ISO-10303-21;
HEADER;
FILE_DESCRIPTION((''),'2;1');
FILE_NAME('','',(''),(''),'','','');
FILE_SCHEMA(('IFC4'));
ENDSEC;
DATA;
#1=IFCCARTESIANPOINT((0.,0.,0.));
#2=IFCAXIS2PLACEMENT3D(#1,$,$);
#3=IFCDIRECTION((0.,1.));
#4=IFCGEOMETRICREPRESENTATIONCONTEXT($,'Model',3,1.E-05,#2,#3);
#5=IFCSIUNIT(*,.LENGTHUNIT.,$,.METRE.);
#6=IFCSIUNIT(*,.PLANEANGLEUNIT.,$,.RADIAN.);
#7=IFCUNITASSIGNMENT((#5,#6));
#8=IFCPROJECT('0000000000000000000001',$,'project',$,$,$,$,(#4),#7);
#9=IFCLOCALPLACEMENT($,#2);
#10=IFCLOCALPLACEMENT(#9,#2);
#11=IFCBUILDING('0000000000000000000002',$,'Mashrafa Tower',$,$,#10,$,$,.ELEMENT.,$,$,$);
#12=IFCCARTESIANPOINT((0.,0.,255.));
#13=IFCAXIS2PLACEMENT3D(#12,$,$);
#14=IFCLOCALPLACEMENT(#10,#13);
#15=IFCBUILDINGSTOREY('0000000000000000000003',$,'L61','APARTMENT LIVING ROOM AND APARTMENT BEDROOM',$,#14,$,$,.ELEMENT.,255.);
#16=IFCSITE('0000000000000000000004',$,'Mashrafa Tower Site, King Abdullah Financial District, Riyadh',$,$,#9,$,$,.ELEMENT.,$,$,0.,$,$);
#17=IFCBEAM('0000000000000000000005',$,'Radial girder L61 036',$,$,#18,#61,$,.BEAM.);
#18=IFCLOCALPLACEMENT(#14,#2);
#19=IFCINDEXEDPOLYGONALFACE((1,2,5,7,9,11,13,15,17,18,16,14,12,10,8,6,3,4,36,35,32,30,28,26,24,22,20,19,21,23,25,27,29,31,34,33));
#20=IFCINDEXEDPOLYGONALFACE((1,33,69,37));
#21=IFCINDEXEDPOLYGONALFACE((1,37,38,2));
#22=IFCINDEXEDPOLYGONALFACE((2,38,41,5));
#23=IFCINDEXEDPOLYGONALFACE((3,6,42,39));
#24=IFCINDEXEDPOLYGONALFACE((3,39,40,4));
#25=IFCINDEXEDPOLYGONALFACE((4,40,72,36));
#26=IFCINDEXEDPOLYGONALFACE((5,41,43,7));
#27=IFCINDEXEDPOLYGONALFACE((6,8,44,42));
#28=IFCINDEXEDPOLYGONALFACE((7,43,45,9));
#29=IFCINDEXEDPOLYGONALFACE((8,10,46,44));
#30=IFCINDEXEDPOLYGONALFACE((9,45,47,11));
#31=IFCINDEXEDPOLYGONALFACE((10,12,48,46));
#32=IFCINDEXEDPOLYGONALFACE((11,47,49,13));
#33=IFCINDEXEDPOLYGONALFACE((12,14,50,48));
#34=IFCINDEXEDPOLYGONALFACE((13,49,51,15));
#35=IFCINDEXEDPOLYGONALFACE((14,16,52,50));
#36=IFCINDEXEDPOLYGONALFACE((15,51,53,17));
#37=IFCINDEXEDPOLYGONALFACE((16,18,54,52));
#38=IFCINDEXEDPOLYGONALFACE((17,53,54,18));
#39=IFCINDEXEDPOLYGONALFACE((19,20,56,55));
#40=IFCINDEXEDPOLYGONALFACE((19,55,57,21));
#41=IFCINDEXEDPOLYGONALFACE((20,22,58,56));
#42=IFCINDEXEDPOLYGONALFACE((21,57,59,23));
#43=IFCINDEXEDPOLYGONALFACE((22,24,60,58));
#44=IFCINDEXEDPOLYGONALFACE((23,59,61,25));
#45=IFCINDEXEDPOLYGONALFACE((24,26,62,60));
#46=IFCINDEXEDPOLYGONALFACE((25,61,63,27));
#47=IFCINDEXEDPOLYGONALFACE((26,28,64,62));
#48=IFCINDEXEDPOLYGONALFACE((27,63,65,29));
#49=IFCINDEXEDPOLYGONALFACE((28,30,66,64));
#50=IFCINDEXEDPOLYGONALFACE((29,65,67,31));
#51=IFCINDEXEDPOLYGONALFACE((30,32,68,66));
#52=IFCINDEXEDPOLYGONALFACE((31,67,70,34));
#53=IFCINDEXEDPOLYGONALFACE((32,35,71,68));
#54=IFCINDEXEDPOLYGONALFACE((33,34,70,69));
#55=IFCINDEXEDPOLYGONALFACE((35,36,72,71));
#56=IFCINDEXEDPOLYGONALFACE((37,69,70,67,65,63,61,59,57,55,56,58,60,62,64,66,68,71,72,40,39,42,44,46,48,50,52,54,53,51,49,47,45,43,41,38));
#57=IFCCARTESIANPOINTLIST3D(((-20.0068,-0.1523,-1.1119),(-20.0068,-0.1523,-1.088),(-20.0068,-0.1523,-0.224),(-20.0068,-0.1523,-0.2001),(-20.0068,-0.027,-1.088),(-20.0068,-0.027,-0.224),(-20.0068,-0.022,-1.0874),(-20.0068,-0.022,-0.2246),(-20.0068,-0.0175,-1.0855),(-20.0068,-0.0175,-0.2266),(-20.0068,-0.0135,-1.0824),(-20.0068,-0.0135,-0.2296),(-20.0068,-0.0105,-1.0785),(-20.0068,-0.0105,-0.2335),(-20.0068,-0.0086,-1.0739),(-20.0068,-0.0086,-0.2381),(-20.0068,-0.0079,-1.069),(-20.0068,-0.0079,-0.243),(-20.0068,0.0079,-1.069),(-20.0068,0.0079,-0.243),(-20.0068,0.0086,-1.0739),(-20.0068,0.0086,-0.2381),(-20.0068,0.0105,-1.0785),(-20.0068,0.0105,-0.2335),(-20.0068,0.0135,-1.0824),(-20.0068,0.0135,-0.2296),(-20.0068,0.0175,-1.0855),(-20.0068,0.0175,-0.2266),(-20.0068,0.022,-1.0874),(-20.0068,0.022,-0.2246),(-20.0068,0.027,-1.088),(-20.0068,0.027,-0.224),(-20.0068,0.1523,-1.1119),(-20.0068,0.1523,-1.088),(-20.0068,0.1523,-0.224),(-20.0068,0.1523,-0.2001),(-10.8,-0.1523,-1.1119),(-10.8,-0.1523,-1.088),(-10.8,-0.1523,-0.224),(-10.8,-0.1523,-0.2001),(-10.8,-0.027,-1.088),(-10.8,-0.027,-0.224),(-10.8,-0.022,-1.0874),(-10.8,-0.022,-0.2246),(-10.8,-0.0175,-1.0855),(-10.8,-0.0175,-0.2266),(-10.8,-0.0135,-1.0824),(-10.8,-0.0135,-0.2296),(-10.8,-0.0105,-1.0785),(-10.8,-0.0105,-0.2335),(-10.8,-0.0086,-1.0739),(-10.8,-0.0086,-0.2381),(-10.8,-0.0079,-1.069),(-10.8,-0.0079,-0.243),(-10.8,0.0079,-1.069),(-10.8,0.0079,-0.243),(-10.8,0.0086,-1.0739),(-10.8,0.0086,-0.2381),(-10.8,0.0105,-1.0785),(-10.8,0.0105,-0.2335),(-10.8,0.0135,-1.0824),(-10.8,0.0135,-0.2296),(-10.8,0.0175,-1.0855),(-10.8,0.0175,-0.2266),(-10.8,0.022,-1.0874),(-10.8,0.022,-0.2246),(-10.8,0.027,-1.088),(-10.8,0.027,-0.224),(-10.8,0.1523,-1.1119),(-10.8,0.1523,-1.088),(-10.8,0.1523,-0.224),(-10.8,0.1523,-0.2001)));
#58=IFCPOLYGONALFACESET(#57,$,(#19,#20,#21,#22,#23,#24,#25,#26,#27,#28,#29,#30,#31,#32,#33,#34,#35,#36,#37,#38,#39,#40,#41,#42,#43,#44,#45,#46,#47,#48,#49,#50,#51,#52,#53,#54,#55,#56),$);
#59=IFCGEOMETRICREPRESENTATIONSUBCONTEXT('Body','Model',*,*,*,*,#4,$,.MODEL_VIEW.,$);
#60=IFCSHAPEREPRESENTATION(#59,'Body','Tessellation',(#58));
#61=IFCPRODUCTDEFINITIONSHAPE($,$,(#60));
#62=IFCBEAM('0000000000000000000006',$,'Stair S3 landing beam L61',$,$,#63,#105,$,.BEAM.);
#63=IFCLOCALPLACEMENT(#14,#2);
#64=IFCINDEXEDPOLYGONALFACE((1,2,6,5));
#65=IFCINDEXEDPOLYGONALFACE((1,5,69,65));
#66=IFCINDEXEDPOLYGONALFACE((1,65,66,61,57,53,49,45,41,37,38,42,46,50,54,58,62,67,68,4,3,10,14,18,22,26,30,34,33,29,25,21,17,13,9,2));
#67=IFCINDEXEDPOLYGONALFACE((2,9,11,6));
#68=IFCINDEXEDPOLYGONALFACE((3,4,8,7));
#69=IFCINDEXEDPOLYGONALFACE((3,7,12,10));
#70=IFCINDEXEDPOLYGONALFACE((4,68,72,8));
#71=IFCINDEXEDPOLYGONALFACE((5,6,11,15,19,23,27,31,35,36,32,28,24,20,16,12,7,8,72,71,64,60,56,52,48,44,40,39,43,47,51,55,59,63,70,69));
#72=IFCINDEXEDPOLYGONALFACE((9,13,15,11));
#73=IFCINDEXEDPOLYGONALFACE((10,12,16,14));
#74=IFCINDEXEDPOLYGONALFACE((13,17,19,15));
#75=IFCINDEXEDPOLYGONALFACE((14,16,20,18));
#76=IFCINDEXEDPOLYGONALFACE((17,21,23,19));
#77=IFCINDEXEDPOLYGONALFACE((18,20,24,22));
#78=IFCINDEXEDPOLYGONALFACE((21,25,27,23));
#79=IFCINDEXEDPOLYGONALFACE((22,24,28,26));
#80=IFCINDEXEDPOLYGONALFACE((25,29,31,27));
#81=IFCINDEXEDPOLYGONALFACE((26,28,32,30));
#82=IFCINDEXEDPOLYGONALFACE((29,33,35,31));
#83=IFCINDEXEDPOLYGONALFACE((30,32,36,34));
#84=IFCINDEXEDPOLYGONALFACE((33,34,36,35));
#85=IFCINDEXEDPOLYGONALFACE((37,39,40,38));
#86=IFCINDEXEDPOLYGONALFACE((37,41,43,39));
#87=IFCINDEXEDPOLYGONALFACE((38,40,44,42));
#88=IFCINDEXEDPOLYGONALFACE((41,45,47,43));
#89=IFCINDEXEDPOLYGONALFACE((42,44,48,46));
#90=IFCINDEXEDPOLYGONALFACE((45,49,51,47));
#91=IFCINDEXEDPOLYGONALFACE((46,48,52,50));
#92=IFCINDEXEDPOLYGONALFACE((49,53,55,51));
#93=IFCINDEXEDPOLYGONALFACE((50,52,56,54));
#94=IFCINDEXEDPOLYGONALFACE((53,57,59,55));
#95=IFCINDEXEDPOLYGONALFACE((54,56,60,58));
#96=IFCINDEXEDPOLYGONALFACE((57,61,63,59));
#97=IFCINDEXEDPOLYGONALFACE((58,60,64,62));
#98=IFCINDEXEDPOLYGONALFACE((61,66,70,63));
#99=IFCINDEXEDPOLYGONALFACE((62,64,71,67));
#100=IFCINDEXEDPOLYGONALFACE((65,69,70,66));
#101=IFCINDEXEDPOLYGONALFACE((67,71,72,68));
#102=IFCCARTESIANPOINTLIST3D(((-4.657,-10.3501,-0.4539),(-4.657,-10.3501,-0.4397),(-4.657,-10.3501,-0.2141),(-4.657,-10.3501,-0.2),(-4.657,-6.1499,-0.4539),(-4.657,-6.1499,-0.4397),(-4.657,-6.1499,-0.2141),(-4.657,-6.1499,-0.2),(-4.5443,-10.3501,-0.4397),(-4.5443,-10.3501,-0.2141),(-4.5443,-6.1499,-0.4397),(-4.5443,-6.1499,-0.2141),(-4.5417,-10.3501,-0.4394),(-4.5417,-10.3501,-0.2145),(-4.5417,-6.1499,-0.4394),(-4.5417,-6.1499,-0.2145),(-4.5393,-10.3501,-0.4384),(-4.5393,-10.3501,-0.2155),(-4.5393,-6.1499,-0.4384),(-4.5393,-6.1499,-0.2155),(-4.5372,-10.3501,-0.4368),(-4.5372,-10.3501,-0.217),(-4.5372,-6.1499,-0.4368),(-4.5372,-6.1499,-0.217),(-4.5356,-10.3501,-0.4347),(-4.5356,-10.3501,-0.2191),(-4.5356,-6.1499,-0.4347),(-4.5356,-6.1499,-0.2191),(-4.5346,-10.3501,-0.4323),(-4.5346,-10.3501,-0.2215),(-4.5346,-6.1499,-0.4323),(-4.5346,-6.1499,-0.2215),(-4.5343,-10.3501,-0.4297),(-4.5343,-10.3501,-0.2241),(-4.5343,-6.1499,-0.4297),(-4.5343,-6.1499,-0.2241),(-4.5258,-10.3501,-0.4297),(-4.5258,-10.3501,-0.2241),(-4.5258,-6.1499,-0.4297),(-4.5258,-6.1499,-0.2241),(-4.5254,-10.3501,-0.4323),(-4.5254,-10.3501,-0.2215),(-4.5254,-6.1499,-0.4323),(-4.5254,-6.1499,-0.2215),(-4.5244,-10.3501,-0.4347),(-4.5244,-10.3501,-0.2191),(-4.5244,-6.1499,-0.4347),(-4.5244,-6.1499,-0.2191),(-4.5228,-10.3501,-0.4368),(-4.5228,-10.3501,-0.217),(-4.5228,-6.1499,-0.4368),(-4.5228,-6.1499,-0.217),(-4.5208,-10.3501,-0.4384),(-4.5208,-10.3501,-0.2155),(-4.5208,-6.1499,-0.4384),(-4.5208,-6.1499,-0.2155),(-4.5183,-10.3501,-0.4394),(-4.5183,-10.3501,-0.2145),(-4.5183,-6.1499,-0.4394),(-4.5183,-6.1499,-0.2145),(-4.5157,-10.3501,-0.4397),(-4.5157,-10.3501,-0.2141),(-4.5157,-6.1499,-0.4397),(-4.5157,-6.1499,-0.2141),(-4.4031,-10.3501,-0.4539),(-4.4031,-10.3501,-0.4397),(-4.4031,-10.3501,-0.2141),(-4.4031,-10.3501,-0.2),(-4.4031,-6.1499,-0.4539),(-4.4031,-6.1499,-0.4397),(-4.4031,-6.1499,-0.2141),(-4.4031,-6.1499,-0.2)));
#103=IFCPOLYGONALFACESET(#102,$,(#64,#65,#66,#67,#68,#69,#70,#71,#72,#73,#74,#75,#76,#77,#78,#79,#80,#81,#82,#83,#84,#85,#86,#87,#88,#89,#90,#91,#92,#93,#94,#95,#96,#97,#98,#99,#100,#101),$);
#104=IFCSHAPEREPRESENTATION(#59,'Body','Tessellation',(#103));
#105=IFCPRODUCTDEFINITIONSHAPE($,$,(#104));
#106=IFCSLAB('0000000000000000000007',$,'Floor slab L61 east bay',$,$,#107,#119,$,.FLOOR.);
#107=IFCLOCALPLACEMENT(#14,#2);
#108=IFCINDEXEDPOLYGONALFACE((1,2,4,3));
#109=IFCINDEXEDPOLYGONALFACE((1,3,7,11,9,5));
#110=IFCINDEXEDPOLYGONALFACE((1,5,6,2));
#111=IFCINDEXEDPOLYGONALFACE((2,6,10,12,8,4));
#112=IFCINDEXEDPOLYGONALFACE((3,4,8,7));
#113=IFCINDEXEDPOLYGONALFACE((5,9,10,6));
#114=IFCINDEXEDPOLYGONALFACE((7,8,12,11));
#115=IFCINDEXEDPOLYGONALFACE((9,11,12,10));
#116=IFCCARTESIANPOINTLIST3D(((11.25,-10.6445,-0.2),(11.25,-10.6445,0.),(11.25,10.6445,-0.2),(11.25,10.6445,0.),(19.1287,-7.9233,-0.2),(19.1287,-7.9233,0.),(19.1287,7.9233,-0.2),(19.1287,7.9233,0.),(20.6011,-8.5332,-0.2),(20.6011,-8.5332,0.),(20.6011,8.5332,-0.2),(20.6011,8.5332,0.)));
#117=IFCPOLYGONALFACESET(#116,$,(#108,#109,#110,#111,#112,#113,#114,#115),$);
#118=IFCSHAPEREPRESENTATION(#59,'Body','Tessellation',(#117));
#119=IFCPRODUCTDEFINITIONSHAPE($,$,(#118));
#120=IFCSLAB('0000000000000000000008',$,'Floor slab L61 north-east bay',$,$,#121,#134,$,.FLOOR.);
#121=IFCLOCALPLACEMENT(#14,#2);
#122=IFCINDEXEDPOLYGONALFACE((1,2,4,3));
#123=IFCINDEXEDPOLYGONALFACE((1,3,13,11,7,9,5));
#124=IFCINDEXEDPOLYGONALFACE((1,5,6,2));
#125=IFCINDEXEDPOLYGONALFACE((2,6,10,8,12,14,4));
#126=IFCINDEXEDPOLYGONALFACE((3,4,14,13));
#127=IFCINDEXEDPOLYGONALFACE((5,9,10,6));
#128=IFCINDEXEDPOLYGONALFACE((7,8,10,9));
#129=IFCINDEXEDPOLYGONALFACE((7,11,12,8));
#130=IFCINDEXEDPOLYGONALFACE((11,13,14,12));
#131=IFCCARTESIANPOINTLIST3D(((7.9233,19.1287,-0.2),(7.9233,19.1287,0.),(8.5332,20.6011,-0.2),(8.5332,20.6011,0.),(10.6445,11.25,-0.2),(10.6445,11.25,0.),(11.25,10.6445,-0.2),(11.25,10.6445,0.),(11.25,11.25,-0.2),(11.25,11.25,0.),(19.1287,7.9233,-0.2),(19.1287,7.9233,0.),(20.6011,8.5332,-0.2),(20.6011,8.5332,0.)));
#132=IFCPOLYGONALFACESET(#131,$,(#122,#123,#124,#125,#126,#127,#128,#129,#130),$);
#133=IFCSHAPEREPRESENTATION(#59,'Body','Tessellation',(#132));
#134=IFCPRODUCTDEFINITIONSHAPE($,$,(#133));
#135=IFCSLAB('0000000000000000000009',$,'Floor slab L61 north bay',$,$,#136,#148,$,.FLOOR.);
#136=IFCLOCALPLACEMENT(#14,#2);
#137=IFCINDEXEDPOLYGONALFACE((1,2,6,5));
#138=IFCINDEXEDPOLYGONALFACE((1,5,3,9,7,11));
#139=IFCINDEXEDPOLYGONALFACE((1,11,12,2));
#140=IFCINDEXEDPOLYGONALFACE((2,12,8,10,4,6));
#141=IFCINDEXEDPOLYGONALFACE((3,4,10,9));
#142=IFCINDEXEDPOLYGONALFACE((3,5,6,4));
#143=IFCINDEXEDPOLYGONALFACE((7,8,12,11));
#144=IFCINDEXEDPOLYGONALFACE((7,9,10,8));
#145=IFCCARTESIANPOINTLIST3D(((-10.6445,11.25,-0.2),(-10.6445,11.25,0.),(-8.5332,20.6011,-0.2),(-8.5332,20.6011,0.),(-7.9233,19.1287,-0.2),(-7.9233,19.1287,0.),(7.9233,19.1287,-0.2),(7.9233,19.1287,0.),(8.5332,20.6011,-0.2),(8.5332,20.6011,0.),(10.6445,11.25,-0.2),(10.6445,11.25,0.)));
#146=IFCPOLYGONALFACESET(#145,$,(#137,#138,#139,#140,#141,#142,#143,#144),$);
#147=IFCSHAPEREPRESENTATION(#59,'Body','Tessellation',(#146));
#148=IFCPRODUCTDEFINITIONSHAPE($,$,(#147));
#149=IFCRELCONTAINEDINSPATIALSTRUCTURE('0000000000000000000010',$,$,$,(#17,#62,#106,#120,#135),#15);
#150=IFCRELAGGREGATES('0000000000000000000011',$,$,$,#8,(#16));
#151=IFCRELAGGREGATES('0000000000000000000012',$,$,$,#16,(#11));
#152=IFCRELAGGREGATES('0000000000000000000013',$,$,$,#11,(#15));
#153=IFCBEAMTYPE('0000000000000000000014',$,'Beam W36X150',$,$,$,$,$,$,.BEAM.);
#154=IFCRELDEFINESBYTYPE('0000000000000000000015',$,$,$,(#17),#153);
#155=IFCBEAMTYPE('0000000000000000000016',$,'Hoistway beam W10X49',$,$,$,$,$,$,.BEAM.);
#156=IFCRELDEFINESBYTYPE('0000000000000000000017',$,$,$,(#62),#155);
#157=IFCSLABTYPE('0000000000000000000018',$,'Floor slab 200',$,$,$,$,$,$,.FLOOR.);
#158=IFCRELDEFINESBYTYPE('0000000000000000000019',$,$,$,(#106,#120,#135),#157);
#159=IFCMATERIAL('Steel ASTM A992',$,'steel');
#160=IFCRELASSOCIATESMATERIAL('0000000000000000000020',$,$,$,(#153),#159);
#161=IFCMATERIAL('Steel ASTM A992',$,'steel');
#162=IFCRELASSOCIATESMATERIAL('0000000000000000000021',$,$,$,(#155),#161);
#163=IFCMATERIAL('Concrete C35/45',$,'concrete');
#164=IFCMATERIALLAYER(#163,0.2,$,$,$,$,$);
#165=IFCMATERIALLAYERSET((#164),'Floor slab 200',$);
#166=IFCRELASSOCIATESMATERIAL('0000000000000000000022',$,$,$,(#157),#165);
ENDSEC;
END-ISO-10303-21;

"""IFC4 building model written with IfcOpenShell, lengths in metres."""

from ifc_helpers import new_model, si_unit, direction, frame, origin, origin_2d, place, context, subcontext, project, spatial, polyline, i_section, outline, extrude, material, layer, layer_set, material_profile, profile_set, type_object, element, save


model = new_model("IFC4")

# Units and contexts
model_context = context("Model", 3, precision=1e-05, world=origin(), true_north=direction((0.0, 1.0)))
body_context = subcontext(model_context, "Body", "Model", "MODEL_VIEW")
ifc_project = project(units=[si_unit("LENGTHUNIT", "METRE"), si_unit("PLANEANGLEUNIT", "RADIAN")], contexts=[model_context])

# Site, building, storey
site_placement = place(None, origin())
site = spatial("IfcSite", under=ifc_project, at=site_placement, Name="Mashrafa Tower Site, King Abdullah Financial District, Riyadh", CompositionType="ELEMENT", RefElevation=0.0)
building_placement = place(site_placement, origin())
building = spatial("IfcBuilding", under=site, at=building_placement, Name="Mashrafa Tower", CompositionType="ELEMENT")
storey_placement = place(building_placement, frame((0.0, 0.0, 255.0)))
storey = spatial("IfcBuildingStorey", under=building, at=storey_placement, Name="L61", Description="APARTMENT LIVING ROOM AND APARTMENT BEDROOM", CompositionType="ELEMENT", Elevation=255.0)

# Beams
ifc_material_1 = material(Name="Steel ASTM A992", Category="steel")
ifc_material_profile_1 = material_profile(ifc_material_1, i_section(OverallWidth=0.3047, OverallDepth=0.9119, WebThickness=0.0159, FlangeThickness=0.0239, FilletRadius=0.019, at=origin_2d()), Name="W36X150")
ifc_profile_set_1 = profile_set([ifc_material_profile_1], Name="Steel ASTM A992")
beam_type_1 = type_object("IfcBeamType", Name="Beam W36X150", PredefinedType="BEAM", material=ifc_profile_set_1)
beam_1_placement = place(storey_placement, frame((-10.8, 0.0, -0.656), z_axis=(-1.0, 0.0, 0.0), x_axis=(0.0, -1.0, 0.0)))
element("IfcBeam", 1, at=beam_1_placement, inside=storey, type_object=beam_type_1, Name="Radial girder L61 036", PredefinedType="BEAM", context=body_context, shape_type="SweptSolid", body=[
    extrude(i_section(OverallWidth=0.3047, OverallDepth=0.9119, WebThickness=0.0159, FlangeThickness=0.0239, FilletRadius=0.019, at=origin_2d()), origin(), (0.0, 0.0, 1.0), 9.2068),
])
ifc_material_2 = material(Name="Steel ASTM A992", Category="steel")
ifc_material_profile_2 = material_profile(ifc_material_2, i_section(OverallWidth=0.2539, OverallDepth=0.2539, WebThickness=0.0085, FlangeThickness=0.0142, FilletRadius=0.01, at=origin_2d()), Name="W10X49")
ifc_profile_set_2 = profile_set([ifc_material_profile_2], Name="Steel ASTM A992")
beam_type_2 = type_object("IfcBeamType", Name="Hoistway beam W10X49", PredefinedType="BEAM", material=ifc_profile_set_2)
beam_2_placement = place(storey_placement, frame((-4.53, -10.3501, -0.3269), z_axis=(0.0, 1.0, 0.0), x_axis=(-1.0, 0.0, 0.0)))
element("IfcBeam", 2, at=beam_2_placement, inside=storey, type_object=beam_type_2, Name="Stair S3 landing beam L61", PredefinedType="BEAM", context=body_context, shape_type="SweptSolid", body=[
    extrude(i_section(OverallWidth=0.2539, OverallDepth=0.2539, WebThickness=0.0085, FlangeThickness=0.0142, FilletRadius=0.01, at=origin_2d()), origin(), (0.0, 0.0, 1.0), 4.2002),
])

# Slabs
ifc_material_3 = material(Name="Concrete C35/45", Category="concrete")
ifc_layer_1 = layer(ifc_material_3, 0.2)
ifc_layer_set_1 = layer_set([ifc_layer_1], Name="Floor slab 200")
slab_type = type_object("IfcSlabType", Name="Floor slab 200", PredefinedType="FLOOR", material=ifc_layer_set_1)
slab_1_placement = place(storey_placement, frame((0.0, 0.0, -0.2)))
element("IfcSlab", 3, at=slab_1_placement, inside=storey, type_object=slab_type, Name="Floor slab L61 east bay", PredefinedType="FLOOR", context=body_context, shape_type="SweptSolid", body=[
    extrude(outline(polyline([(20.6011, -8.5332), (19.1287, -7.9233), (11.25, -10.6445), (11.25, 10.6445), (19.1287, 7.9233), (20.6011, 8.5332), (20.6011, -8.5332)])), origin(), (0.0, 0.0, 1.0), 0.2),
])
slab_2_placement = place(storey_placement, frame((0.0, 0.0, -0.2)))
element("IfcSlab", 4, at=slab_2_placement, inside=storey, type_object=slab_type, Name="Floor slab L61 north-east bay", PredefinedType="FLOOR", context=body_context, shape_type="SweptSolid", body=[
    extrude(outline(polyline([(8.5332, 20.6011), (20.6011, 8.5332), (20.6011, 8.5332), (19.1287, 7.9233), (11.25, 10.6445), (11.25, 11.25), (10.6445, 11.25), (7.9233, 19.1287), (8.5332, 20.6011), (8.5332, 20.6011)])), origin(), (0.0, 0.0, 1.0), 0.2),
])
slab_3_placement = place(storey_placement, frame((0.0, 0.0, -0.2)))
element("IfcSlab", 5, at=slab_3_placement, inside=storey, type_object=slab_type, Name="Floor slab L61 north bay", PredefinedType="FLOOR", context=body_context, shape_type="SweptSolid", body=[
    extrude(outline(polyline([(8.5332, 20.6011), (7.9233, 19.1287), (10.6445, 11.25), (-10.6445, 11.25), (-7.9233, 19.1287), (-8.5332, 20.6011), (8.5332, 20.6011)])), origin(), (0.0, 0.0, 1.0), 0.2),
])

save(model, "model.ifc")
